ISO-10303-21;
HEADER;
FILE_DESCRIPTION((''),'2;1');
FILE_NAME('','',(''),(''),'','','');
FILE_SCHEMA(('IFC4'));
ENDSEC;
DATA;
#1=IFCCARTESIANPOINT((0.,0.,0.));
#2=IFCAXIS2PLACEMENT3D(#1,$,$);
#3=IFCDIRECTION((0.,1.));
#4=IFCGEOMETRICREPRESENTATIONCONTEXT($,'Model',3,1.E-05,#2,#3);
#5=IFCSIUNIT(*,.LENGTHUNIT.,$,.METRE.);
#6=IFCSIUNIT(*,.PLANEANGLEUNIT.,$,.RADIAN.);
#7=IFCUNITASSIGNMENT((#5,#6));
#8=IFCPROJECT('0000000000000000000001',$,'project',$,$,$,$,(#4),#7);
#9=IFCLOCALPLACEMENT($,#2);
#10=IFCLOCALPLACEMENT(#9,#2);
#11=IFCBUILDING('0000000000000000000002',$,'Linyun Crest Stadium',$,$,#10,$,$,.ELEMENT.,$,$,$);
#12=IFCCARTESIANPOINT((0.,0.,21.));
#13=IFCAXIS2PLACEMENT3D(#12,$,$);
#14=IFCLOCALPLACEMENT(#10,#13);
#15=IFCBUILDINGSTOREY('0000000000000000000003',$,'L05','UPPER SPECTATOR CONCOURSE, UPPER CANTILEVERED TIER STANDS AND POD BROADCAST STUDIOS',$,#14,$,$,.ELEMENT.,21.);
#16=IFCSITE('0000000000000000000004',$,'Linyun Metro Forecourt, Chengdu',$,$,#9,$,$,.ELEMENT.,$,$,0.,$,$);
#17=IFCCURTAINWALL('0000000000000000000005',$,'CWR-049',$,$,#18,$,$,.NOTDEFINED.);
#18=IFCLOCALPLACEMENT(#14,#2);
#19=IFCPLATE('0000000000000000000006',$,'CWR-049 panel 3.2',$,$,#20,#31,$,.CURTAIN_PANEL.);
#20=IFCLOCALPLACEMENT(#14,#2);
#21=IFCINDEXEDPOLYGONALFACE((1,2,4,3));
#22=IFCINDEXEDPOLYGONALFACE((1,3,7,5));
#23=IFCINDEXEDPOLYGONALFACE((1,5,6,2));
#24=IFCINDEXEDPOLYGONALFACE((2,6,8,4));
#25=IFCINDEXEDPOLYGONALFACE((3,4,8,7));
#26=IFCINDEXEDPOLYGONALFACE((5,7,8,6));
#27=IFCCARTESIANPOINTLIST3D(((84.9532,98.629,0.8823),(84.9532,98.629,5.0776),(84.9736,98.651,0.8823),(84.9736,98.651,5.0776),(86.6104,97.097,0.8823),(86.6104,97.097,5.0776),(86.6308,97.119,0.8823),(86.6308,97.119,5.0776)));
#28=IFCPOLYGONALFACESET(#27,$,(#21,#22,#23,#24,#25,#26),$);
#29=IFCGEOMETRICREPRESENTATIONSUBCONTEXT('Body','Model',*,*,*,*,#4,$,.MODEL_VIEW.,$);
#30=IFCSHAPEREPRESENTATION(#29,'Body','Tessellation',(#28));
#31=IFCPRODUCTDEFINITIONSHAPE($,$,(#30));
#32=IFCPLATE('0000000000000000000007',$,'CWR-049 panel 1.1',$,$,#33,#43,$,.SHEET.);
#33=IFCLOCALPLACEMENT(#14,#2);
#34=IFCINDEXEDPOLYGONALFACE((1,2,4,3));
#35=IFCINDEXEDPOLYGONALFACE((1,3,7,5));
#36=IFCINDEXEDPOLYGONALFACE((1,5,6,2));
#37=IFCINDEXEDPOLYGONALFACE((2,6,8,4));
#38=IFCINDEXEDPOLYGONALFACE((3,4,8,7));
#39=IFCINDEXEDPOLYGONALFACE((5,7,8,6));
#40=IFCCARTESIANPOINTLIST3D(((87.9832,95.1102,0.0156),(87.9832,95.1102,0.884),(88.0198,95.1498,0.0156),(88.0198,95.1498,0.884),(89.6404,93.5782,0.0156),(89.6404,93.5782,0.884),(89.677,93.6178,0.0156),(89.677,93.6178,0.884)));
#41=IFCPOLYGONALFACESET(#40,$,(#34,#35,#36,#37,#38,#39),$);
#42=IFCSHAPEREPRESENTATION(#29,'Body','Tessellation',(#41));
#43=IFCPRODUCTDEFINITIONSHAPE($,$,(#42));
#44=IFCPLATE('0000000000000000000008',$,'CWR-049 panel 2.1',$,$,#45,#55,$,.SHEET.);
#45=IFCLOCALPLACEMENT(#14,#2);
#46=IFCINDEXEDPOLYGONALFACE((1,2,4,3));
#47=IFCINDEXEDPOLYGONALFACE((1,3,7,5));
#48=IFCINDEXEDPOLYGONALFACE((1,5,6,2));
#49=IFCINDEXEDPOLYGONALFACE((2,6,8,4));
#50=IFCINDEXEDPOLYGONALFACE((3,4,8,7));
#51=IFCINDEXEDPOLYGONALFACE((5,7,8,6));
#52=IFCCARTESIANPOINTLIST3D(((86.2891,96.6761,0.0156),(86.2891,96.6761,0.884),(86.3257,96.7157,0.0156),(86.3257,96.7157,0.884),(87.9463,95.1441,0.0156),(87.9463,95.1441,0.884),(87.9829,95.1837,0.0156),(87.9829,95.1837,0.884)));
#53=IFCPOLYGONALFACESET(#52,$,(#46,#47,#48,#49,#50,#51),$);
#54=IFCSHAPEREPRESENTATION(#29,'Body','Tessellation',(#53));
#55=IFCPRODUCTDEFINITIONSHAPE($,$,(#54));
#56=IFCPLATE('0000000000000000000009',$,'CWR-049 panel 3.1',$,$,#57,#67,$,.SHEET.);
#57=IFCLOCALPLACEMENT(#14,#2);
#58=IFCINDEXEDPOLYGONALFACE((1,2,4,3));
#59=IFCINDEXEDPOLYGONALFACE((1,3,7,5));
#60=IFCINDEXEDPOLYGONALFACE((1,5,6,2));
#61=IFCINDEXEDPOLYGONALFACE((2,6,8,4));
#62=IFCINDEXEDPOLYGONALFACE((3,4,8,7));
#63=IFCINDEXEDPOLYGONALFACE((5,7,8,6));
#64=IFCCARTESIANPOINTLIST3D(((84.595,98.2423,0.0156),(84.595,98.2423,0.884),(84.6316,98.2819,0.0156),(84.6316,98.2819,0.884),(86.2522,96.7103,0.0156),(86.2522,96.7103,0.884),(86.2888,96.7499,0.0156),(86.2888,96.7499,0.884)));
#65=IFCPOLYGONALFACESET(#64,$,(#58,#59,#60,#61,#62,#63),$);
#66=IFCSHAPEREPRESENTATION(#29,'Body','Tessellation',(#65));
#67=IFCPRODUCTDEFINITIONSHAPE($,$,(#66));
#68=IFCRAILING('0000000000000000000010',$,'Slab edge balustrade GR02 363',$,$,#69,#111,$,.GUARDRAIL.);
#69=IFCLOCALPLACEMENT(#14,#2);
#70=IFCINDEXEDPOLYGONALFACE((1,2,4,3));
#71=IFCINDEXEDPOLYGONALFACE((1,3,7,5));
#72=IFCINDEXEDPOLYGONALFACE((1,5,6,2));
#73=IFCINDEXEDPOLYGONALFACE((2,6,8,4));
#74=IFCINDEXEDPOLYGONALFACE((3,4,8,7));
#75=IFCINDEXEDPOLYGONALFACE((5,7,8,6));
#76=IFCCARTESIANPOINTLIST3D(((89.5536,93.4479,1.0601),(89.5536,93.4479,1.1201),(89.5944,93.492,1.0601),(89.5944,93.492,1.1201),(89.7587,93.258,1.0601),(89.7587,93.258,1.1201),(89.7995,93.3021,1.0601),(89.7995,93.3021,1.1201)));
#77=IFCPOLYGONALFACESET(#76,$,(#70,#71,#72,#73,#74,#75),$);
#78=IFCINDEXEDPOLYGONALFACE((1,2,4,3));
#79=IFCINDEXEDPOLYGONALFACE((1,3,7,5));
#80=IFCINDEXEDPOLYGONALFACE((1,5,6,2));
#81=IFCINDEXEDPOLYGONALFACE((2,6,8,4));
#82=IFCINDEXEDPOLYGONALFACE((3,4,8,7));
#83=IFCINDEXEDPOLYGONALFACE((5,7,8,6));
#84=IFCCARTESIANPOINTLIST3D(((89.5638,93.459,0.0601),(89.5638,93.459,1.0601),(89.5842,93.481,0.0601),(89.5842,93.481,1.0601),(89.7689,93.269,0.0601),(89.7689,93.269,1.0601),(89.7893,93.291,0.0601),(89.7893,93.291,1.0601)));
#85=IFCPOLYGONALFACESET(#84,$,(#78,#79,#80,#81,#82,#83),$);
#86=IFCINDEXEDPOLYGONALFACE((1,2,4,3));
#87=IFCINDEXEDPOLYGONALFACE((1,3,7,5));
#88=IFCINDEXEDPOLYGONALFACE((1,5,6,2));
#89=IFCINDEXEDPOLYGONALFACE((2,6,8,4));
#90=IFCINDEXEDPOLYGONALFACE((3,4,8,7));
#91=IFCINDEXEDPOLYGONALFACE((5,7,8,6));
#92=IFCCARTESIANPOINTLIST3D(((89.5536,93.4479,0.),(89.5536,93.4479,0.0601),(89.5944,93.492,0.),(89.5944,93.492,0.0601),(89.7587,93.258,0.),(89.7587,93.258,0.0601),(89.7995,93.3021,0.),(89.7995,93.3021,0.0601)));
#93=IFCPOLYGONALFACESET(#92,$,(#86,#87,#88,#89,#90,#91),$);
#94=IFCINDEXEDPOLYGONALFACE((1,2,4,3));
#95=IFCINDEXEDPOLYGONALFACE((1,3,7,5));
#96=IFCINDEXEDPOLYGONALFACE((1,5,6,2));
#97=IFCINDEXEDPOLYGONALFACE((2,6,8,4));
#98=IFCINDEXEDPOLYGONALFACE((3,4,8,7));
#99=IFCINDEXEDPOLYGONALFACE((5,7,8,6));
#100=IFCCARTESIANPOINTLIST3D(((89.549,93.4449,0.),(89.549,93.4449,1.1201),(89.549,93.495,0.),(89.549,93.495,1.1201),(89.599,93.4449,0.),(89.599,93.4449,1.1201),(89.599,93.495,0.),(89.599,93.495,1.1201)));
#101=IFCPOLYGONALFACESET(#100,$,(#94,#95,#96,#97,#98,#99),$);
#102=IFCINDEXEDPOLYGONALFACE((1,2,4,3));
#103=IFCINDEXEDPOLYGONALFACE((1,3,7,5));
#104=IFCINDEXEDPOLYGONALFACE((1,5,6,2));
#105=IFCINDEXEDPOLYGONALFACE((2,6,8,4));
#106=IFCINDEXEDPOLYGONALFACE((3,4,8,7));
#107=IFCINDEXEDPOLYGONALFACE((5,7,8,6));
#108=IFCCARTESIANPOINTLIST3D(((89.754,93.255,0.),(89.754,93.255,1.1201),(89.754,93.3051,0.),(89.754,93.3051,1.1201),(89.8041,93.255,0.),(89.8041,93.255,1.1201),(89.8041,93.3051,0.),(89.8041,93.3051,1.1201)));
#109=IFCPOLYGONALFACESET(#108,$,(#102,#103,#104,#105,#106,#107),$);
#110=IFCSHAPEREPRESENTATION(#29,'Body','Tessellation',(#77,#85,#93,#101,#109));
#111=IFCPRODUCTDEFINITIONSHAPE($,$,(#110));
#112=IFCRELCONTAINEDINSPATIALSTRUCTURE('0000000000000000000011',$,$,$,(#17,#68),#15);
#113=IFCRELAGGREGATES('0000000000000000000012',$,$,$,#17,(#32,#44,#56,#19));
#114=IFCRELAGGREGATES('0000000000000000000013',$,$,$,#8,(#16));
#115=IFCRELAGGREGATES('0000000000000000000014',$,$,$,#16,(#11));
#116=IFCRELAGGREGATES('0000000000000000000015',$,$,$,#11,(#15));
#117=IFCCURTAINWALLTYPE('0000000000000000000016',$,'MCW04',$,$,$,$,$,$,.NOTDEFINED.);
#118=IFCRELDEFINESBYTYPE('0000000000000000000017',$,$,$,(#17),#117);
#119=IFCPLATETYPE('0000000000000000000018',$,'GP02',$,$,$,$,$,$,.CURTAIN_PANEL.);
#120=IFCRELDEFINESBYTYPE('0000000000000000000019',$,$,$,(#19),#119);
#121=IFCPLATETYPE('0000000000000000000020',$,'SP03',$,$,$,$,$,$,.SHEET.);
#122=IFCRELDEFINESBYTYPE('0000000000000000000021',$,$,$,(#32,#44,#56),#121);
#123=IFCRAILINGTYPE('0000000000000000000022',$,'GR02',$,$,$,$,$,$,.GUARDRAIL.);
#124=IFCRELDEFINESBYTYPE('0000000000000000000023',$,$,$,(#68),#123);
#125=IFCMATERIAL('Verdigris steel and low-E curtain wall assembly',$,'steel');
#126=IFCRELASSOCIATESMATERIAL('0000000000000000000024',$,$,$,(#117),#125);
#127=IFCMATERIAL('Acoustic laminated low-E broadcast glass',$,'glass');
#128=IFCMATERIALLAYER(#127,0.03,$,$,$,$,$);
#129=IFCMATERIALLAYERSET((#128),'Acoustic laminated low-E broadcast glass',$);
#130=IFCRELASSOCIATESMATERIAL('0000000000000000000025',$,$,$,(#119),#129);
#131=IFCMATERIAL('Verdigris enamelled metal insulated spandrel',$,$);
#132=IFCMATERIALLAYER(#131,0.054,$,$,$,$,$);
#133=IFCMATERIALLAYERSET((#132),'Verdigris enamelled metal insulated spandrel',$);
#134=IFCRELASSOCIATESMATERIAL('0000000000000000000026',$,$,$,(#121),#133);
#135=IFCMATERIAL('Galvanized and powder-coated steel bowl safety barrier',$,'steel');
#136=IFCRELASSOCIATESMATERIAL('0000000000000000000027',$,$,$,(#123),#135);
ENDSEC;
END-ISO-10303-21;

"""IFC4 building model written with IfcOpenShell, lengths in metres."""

from ifc_helpers import new_model, si_unit, direction, frame, origin, origin_2d, place, context, subcontext, project, spatial, rectangle, extrude, material, layer, layer_set, type_object, element, aggregate, save


model = new_model("IFC4")

# Units and contexts
model_context = context("Model", 3, precision=1e-05, world=origin(), true_north=direction((0.0, 1.0)))
body_context = subcontext(model_context, "Body", "Model", "MODEL_VIEW")
ifc_project = project(units=[si_unit("LENGTHUNIT", "METRE"), si_unit("PLANEANGLEUNIT", "RADIAN")], contexts=[model_context])

# Site, building, storey
site_placement = place(None, origin())
site = spatial("IfcSite", under=ifc_project, at=site_placement, Name="Linyun Metro Forecourt, Chengdu", CompositionType="ELEMENT", RefElevation=0.0)
building_placement = place(site_placement, origin())
building = spatial("IfcBuilding", under=site, at=building_placement, Name="Linyun Crest Stadium", CompositionType="ELEMENT")
storey_placement = place(building_placement, frame((0.0, 0.0, 21.0)))
storey = spatial("IfcBuildingStorey", under=building, at=storey_placement, Name="L05", Description="UPPER SPECTATOR CONCOURSE, UPPER CANTILEVERED TIER STANDS AND POD BROADCAST STUDIOS", CompositionType="ELEMENT", Elevation=21.0)

# Curtain wall
ifc_material_1 = material(Name="Verdigris steel and low-E curtain wall assembly", Category="steel")
curtain_wall_type = type_object("IfcCurtainWallType", Name="MCW04", PredefinedType="NOTDEFINED", material=ifc_material_1)
curtain_wall_1_placement = place(storey_placement, origin())
curtain_wall_1 = element("IfcCurtainWall", 1, at=curtain_wall_1_placement, inside=storey, type_object=curtain_wall_type, Name="CWR-049", PredefinedType="NOTDEFINED")

# Plates
ifc_material_2 = material(Name="Acoustic laminated low-E broadcast glass", Category="glass")
ifc_layer_1 = layer(ifc_material_2, 0.03)
ifc_layer_set_1 = layer_set([ifc_layer_1], Name="Acoustic laminated low-E broadcast glass")
plate_type_1 = type_object("IfcPlateType", Name="GP02", PredefinedType="CURTAIN_PANEL", material=ifc_layer_set_1)
plate_1_placement = place(storey_placement, frame((85.792, 97.874, 0.8823), z_axis=(0.0, 0.0, 1.0), x_axis=(-0.734299, 0.678826, 0.0)))
plate_1 = element("IfcPlate", 2, at=plate_1_placement, type_object=plate_type_1, Name="CWR-049 panel 3.2", PredefinedType="CURTAIN_PANEL", context=body_context, shape_type="SweptSolid", body=[
    extrude(rectangle(XDim=2.2568, YDim=0.03, at=origin_2d()), origin(), (0.0, 0.0, 1.0), 4.1953),
])
ifc_material_3 = material(Name="Verdigris enamelled metal insulated spandrel")
ifc_layer_2 = layer(ifc_material_3, 0.054)
ifc_layer_set_2 = layer_set([ifc_layer_2], Name="Verdigris enamelled metal insulated spandrel")
plate_type_2 = type_object("IfcPlateType", Name="SP03", PredefinedType="SHEET", material=ifc_layer_set_2)
plate_2_placement = place(storey_placement, frame((88.8301, 94.364, 0.0156), z_axis=(0.0, 0.0, 1.0), x_axis=(-0.734299, 0.678826, 0.0)))
plate_2 = element("IfcPlate", 3, at=plate_2_placement, type_object=plate_type_2, Name="CWR-049 panel 1.1", PredefinedType="SHEET", context=body_context, shape_type="SweptSolid", body=[
    extrude(rectangle(XDim=2.2568, YDim=0.054, at=origin_2d()), origin(), (0.0, 0.0, 1.0), 0.8684),
])
plate_3_placement = place(storey_placement, frame((87.136, 95.9299, 0.0156), z_axis=(0.0, 0.0, 1.0), x_axis=(-0.734299, 0.678826, 0.0)))
plate_3 = element("IfcPlate", 4, at=plate_3_placement, type_object=plate_type_2, Name="CWR-049 panel 2.1", PredefinedType="SHEET", context=body_context, shape_type="SweptSolid", body=[
    extrude(rectangle(XDim=2.2568, YDim=0.054, at=origin_2d()), origin(), (0.0, 0.0, 1.0), 0.8684),
])
plate_4_placement = place(storey_placement, frame((85.4419, 97.4961, 0.0156), z_axis=(0.0, 0.0, 1.0), x_axis=(-0.734299, 0.678826, 0.0)))
plate_4 = element("IfcPlate", 5, at=plate_4_placement, type_object=plate_type_2, Name="CWR-049 panel 3.1", PredefinedType="SHEET", context=body_context, shape_type="SweptSolid", body=[
    extrude(rectangle(XDim=2.2568, YDim=0.054, at=origin_2d()), origin(), (0.0, 0.0, 1.0), 0.8684),
])
aggregate(curtain_wall_1, [plate_2, plate_3, plate_4, plate_1])

# Railing
ifc_material_4 = material(Name="Galvanized and powder-coated steel bowl safety barrier", Category="steel")
railing_type = type_object("IfcRailingType", Name="GR02", PredefinedType="GUARDRAIL", material=ifc_material_4)
railing_placement = place(storey_placement, frame((89.574, 93.47, 0.0)))
element("IfcRailing", 6, at=railing_placement, inside=storey, type_object=railing_type, Name="Slab edge balustrade GR02 363", PredefinedType="GUARDRAIL", context=body_context, shape_type="SweptSolid", body=[
    extrude(rectangle(XDim=0.0601, YDim=0.0601, at=origin_2d()), frame((0.0, 0.0, 1.0901), z_axis=(0.733664, -0.679513, 0.0), x_axis=(0.679513, 0.733664, 0.0)), (0.0, 0.0, 1.0), 0.2795),
    extrude(rectangle(XDim=0.03, YDim=1.0, at=origin_2d()), frame((0.0, 0.0, 0.5601), z_axis=(0.733664, -0.679513, 0.0), x_axis=(0.679513, 0.733664, 0.0)), (0.0, 0.0, 1.0), 0.2795),
    extrude(rectangle(XDim=0.0601, YDim=0.0601, at=origin_2d()), frame((0.0, 0.0, 0.03), z_axis=(0.733664, -0.679513, 0.0), x_axis=(0.679513, 0.733664, 0.0)), (0.0, 0.0, 1.0), 0.2795),
    extrude(rectangle(XDim=0.05, YDim=0.05, at=origin_2d()), origin(), (0.0, 0.0, 1.0), 1.1201),
    extrude(rectangle(XDim=0.05, YDim=0.05, at=origin_2d()), frame((0.2051, -0.1899, 0.0)), (0.0, 0.0, 1.0), 1.1201),
])

save(model, "model.ifc")
